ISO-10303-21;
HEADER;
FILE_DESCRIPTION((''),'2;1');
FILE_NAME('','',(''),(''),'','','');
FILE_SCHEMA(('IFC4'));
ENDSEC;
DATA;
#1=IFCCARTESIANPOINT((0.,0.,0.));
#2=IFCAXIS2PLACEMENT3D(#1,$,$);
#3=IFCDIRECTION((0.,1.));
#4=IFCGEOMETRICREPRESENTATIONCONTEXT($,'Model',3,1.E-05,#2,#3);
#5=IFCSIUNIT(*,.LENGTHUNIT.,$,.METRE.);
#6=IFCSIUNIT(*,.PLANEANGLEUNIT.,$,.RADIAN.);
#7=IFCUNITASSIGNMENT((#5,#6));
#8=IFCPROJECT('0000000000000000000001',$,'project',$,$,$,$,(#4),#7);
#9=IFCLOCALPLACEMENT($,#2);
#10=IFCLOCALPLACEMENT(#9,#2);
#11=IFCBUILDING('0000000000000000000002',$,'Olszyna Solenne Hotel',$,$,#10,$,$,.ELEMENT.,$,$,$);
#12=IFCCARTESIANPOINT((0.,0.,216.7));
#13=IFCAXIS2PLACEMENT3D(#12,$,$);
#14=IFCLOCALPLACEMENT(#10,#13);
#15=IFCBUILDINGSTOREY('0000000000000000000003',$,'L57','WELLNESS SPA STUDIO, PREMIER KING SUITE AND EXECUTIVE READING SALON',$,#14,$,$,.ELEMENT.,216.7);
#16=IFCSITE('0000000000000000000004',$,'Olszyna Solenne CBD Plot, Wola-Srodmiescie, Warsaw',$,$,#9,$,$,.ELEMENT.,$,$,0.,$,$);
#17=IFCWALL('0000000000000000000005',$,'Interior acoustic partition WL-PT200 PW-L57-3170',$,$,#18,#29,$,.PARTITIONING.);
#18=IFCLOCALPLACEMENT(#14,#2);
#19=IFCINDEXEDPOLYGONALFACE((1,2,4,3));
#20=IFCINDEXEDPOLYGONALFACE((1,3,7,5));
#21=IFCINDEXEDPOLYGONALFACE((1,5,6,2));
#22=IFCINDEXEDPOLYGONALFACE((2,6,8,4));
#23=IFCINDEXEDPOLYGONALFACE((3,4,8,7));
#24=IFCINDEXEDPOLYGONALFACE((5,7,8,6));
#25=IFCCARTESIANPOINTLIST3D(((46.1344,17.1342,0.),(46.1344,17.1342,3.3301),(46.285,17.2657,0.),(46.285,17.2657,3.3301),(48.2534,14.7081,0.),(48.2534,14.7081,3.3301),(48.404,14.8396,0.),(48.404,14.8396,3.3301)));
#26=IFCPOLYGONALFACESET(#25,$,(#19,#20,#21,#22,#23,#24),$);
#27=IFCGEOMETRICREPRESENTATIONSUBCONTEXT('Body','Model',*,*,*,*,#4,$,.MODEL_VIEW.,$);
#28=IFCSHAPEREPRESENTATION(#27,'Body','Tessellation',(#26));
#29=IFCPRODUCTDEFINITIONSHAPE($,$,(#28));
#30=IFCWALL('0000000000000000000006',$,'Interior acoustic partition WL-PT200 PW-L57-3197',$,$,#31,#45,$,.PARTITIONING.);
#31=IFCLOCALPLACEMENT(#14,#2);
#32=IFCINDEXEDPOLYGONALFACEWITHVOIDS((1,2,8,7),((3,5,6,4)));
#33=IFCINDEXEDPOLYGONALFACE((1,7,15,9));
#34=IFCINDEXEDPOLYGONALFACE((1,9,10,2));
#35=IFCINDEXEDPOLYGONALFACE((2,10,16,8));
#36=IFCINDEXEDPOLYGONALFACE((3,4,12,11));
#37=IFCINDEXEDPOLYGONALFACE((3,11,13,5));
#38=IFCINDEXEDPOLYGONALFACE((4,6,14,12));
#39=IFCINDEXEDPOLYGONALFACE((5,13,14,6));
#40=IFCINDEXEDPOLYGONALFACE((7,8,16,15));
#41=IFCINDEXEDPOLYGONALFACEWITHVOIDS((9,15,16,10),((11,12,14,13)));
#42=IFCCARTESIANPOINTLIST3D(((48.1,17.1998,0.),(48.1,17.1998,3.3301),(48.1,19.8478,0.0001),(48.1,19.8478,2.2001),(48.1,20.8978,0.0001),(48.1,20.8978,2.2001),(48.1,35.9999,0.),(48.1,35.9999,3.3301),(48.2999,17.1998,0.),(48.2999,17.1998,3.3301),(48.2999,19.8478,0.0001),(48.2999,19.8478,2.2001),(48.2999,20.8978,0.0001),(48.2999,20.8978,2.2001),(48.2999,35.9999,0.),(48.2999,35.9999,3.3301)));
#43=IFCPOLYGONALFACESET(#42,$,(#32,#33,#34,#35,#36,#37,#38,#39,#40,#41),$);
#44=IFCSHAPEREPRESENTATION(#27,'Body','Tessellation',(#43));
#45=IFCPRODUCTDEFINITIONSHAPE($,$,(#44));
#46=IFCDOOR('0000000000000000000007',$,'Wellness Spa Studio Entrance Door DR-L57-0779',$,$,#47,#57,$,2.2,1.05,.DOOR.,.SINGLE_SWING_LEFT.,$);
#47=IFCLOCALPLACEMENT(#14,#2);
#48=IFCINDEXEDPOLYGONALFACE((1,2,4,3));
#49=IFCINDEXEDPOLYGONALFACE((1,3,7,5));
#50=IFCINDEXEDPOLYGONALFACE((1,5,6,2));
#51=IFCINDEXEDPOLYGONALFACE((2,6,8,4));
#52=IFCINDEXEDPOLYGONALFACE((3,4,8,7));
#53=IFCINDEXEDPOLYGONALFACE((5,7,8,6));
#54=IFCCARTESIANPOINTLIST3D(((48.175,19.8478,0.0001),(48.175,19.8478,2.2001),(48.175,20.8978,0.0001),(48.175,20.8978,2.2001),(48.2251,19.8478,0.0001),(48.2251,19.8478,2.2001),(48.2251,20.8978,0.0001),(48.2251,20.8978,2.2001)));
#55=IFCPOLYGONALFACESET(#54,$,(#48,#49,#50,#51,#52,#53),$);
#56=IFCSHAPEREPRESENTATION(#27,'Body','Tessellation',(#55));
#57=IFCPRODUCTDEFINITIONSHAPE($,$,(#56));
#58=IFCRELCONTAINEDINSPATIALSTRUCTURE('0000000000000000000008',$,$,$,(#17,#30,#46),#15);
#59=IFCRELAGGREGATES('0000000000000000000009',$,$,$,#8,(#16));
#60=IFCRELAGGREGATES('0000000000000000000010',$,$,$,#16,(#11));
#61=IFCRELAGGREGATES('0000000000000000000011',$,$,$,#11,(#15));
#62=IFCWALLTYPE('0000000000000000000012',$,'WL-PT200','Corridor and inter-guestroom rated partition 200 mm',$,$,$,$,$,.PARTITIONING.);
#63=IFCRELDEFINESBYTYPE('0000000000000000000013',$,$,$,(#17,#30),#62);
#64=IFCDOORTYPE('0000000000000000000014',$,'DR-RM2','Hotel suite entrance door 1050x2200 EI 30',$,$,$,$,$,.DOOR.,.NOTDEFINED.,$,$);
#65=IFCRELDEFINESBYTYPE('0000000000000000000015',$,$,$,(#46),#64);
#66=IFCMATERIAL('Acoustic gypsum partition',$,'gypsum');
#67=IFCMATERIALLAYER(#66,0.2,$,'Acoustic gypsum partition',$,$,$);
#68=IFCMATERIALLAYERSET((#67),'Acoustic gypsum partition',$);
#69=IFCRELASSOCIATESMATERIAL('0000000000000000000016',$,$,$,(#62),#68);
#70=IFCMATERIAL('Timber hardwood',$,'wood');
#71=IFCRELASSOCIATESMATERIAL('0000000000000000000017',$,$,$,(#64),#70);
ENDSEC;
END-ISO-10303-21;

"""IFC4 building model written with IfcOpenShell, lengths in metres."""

from ifc_helpers import new_model, si_unit, direction, frame, frame_2d, origin, place, context, subcontext, project, spatial, rectangle, extrude, source, transform, mapped, material, layer, layer_set, type_object, type_shapes, element, fill, save


model = new_model("IFC4")

# Units and contexts
model_context = context("Model", 3, precision=1e-05, world=origin(), true_north=direction((0.0, 1.0)))
body_context = subcontext(model_context, "Body", "Model", "MODEL_VIEW")
ifc_project = project(units=[si_unit("LENGTHUNIT", "METRE"), si_unit("PLANEANGLEUNIT", "RADIAN")], contexts=[model_context])

# Site, building, storey
site_placement = place(None, origin())
site = spatial("IfcSite", under=ifc_project, at=site_placement, Name="Olszyna Solenne CBD Plot, Wola-Srodmiescie, Warsaw", CompositionType="ELEMENT", RefElevation=0.0)
building_placement = place(site_placement, origin())
building = spatial("IfcBuilding", under=site, at=building_placement, Name="Olszyna Solenne Hotel", CompositionType="ELEMENT")
storey_placement = place(building_placement, frame((0.0, 0.0, 216.7)))
storey = spatial("IfcBuildingStorey", under=building, at=storey_placement, Name="L57", Description="WELLNESS SPA STUDIO, PREMIER KING SUITE AND EXECUTIVE READING SALON", CompositionType="ELEMENT", Elevation=216.7)

# Shared definitions
ifc_material_1 = material(Name="Acoustic gypsum partition", Category="gypsum")

# Wall
ifc_layer_1 = layer(ifc_material_1, 0.2, Name="Acoustic gypsum partition")
ifc_layer_set_1 = layer_set([ifc_layer_1], Name="Acoustic gypsum partition")
wall_type_1 = type_object("IfcWallType", Name="WL-PT200", Description="Corridor and inter-guestroom rated partition 200 mm", PredefinedType="PARTITIONING", material=ifc_layer_set_1)
wall_1_placement = place(storey_placement, frame((46.2097, 17.2, 0.0), z_axis=(0.0, 0.0, 1.0), x_axis=(0.657823, -0.753173, 0.0)))
element("IfcWall", 1, at=wall_1_placement, inside=storey, type_object=wall_type_1, Name="Interior acoustic partition WL-PT200 PW-L57-3170", PredefinedType="PARTITIONING", context=body_context, shape_type="SweptSolid", body=[
    extrude(rectangle(XDim=3.2212, YDim=0.2, at=frame_2d((1.6106, 0.0))), origin(), (0.0, 0.0, 1.0), 3.3301),
])

# Wall, opening, door
wall_2_placement = place(storey_placement, frame((48.2, 17.2, 0.0), z_axis=(0.0, 0.0, 1.0), x_axis=(0.0, 1.0, 0.0)))
wall_2 = element("IfcWall", 2, at=wall_2_placement, inside=storey, type_object=wall_type_1, Name="Interior acoustic partition WL-PT200 PW-L57-3197", PredefinedType="PARTITIONING", context=body_context, shape_type="SweptSolid", body=[
    extrude(rectangle(XDim=18.8, YDim=0.2, at=frame_2d((9.3999, 0.0))), origin(), (0.0, 0.0, 1.0), 3.3301),
])
opening_1_placement = place(wall_2_placement, frame((2.6479, 0.0, 0.0)))
opening_1 = element("IfcOpeningElement", 3, at=opening_1_placement, cuts=wall_2, PredefinedType="OPENING", context=body_context, shape_type="SweptSolid", body=[
    extrude(rectangle(XDim=1.05, YDim=2.2, at=frame_2d((0.5249, 1.1001))), frame((0.0, 0.1099, 0.0), z_axis=(0.0, -1.0, 0.0), x_axis=(1.0, 0.0, 0.0)), (0.0, 0.0, 1.0), 0.22),
])
ifc_material_2 = material(Name="Timber hardwood", Category="wood")
door_type_1 = type_object("IfcDoorType", Name="DR-RM2", Description="Hotel suite entrance door 1050x2200 EI 30", OperationType="NOTDEFINED", PredefinedType="DOOR", material=ifc_material_2)
shared_shape_1 = source(origin(), body_context, "Body", "SweptSolid", [
    extrude(rectangle(XDim=1.05, YDim=2.2, at=frame_2d((0.5249, 1.1001))), frame((0.0, 0.0249, 0.0), z_axis=(0.0, -1.0, 0.0), x_axis=(1.0, 0.0, 0.0)), (0.0, 0.0, 1.0), 0.05),
])
type_shapes(door_type_1, [shared_shape_1])
door_1_placement = place(opening_1_placement, origin())
door_1 = element("IfcDoor", 4, at=door_1_placement, inside=storey, type_object=door_type_1, Name="Wellness Spa Studio Entrance Door DR-L57-0779", OperationType="SINGLE_SWING_LEFT", OverallHeight=2.2, OverallWidth=1.05, PredefinedType="DOOR", context=body_context, shape_type="MappedRepresentation", body=[
    mapped(shared_shape_1, transform((0.0, 0.0, 0.0), x_axis=(1.0, 0.0, 0.0), y_axis=(0.0, 1.0, 0.0), z_axis=(0.0, 0.0, 1.0), scale=1.0)),
])
fill(opening_1, door_1)

save(model, "model.ifc")
